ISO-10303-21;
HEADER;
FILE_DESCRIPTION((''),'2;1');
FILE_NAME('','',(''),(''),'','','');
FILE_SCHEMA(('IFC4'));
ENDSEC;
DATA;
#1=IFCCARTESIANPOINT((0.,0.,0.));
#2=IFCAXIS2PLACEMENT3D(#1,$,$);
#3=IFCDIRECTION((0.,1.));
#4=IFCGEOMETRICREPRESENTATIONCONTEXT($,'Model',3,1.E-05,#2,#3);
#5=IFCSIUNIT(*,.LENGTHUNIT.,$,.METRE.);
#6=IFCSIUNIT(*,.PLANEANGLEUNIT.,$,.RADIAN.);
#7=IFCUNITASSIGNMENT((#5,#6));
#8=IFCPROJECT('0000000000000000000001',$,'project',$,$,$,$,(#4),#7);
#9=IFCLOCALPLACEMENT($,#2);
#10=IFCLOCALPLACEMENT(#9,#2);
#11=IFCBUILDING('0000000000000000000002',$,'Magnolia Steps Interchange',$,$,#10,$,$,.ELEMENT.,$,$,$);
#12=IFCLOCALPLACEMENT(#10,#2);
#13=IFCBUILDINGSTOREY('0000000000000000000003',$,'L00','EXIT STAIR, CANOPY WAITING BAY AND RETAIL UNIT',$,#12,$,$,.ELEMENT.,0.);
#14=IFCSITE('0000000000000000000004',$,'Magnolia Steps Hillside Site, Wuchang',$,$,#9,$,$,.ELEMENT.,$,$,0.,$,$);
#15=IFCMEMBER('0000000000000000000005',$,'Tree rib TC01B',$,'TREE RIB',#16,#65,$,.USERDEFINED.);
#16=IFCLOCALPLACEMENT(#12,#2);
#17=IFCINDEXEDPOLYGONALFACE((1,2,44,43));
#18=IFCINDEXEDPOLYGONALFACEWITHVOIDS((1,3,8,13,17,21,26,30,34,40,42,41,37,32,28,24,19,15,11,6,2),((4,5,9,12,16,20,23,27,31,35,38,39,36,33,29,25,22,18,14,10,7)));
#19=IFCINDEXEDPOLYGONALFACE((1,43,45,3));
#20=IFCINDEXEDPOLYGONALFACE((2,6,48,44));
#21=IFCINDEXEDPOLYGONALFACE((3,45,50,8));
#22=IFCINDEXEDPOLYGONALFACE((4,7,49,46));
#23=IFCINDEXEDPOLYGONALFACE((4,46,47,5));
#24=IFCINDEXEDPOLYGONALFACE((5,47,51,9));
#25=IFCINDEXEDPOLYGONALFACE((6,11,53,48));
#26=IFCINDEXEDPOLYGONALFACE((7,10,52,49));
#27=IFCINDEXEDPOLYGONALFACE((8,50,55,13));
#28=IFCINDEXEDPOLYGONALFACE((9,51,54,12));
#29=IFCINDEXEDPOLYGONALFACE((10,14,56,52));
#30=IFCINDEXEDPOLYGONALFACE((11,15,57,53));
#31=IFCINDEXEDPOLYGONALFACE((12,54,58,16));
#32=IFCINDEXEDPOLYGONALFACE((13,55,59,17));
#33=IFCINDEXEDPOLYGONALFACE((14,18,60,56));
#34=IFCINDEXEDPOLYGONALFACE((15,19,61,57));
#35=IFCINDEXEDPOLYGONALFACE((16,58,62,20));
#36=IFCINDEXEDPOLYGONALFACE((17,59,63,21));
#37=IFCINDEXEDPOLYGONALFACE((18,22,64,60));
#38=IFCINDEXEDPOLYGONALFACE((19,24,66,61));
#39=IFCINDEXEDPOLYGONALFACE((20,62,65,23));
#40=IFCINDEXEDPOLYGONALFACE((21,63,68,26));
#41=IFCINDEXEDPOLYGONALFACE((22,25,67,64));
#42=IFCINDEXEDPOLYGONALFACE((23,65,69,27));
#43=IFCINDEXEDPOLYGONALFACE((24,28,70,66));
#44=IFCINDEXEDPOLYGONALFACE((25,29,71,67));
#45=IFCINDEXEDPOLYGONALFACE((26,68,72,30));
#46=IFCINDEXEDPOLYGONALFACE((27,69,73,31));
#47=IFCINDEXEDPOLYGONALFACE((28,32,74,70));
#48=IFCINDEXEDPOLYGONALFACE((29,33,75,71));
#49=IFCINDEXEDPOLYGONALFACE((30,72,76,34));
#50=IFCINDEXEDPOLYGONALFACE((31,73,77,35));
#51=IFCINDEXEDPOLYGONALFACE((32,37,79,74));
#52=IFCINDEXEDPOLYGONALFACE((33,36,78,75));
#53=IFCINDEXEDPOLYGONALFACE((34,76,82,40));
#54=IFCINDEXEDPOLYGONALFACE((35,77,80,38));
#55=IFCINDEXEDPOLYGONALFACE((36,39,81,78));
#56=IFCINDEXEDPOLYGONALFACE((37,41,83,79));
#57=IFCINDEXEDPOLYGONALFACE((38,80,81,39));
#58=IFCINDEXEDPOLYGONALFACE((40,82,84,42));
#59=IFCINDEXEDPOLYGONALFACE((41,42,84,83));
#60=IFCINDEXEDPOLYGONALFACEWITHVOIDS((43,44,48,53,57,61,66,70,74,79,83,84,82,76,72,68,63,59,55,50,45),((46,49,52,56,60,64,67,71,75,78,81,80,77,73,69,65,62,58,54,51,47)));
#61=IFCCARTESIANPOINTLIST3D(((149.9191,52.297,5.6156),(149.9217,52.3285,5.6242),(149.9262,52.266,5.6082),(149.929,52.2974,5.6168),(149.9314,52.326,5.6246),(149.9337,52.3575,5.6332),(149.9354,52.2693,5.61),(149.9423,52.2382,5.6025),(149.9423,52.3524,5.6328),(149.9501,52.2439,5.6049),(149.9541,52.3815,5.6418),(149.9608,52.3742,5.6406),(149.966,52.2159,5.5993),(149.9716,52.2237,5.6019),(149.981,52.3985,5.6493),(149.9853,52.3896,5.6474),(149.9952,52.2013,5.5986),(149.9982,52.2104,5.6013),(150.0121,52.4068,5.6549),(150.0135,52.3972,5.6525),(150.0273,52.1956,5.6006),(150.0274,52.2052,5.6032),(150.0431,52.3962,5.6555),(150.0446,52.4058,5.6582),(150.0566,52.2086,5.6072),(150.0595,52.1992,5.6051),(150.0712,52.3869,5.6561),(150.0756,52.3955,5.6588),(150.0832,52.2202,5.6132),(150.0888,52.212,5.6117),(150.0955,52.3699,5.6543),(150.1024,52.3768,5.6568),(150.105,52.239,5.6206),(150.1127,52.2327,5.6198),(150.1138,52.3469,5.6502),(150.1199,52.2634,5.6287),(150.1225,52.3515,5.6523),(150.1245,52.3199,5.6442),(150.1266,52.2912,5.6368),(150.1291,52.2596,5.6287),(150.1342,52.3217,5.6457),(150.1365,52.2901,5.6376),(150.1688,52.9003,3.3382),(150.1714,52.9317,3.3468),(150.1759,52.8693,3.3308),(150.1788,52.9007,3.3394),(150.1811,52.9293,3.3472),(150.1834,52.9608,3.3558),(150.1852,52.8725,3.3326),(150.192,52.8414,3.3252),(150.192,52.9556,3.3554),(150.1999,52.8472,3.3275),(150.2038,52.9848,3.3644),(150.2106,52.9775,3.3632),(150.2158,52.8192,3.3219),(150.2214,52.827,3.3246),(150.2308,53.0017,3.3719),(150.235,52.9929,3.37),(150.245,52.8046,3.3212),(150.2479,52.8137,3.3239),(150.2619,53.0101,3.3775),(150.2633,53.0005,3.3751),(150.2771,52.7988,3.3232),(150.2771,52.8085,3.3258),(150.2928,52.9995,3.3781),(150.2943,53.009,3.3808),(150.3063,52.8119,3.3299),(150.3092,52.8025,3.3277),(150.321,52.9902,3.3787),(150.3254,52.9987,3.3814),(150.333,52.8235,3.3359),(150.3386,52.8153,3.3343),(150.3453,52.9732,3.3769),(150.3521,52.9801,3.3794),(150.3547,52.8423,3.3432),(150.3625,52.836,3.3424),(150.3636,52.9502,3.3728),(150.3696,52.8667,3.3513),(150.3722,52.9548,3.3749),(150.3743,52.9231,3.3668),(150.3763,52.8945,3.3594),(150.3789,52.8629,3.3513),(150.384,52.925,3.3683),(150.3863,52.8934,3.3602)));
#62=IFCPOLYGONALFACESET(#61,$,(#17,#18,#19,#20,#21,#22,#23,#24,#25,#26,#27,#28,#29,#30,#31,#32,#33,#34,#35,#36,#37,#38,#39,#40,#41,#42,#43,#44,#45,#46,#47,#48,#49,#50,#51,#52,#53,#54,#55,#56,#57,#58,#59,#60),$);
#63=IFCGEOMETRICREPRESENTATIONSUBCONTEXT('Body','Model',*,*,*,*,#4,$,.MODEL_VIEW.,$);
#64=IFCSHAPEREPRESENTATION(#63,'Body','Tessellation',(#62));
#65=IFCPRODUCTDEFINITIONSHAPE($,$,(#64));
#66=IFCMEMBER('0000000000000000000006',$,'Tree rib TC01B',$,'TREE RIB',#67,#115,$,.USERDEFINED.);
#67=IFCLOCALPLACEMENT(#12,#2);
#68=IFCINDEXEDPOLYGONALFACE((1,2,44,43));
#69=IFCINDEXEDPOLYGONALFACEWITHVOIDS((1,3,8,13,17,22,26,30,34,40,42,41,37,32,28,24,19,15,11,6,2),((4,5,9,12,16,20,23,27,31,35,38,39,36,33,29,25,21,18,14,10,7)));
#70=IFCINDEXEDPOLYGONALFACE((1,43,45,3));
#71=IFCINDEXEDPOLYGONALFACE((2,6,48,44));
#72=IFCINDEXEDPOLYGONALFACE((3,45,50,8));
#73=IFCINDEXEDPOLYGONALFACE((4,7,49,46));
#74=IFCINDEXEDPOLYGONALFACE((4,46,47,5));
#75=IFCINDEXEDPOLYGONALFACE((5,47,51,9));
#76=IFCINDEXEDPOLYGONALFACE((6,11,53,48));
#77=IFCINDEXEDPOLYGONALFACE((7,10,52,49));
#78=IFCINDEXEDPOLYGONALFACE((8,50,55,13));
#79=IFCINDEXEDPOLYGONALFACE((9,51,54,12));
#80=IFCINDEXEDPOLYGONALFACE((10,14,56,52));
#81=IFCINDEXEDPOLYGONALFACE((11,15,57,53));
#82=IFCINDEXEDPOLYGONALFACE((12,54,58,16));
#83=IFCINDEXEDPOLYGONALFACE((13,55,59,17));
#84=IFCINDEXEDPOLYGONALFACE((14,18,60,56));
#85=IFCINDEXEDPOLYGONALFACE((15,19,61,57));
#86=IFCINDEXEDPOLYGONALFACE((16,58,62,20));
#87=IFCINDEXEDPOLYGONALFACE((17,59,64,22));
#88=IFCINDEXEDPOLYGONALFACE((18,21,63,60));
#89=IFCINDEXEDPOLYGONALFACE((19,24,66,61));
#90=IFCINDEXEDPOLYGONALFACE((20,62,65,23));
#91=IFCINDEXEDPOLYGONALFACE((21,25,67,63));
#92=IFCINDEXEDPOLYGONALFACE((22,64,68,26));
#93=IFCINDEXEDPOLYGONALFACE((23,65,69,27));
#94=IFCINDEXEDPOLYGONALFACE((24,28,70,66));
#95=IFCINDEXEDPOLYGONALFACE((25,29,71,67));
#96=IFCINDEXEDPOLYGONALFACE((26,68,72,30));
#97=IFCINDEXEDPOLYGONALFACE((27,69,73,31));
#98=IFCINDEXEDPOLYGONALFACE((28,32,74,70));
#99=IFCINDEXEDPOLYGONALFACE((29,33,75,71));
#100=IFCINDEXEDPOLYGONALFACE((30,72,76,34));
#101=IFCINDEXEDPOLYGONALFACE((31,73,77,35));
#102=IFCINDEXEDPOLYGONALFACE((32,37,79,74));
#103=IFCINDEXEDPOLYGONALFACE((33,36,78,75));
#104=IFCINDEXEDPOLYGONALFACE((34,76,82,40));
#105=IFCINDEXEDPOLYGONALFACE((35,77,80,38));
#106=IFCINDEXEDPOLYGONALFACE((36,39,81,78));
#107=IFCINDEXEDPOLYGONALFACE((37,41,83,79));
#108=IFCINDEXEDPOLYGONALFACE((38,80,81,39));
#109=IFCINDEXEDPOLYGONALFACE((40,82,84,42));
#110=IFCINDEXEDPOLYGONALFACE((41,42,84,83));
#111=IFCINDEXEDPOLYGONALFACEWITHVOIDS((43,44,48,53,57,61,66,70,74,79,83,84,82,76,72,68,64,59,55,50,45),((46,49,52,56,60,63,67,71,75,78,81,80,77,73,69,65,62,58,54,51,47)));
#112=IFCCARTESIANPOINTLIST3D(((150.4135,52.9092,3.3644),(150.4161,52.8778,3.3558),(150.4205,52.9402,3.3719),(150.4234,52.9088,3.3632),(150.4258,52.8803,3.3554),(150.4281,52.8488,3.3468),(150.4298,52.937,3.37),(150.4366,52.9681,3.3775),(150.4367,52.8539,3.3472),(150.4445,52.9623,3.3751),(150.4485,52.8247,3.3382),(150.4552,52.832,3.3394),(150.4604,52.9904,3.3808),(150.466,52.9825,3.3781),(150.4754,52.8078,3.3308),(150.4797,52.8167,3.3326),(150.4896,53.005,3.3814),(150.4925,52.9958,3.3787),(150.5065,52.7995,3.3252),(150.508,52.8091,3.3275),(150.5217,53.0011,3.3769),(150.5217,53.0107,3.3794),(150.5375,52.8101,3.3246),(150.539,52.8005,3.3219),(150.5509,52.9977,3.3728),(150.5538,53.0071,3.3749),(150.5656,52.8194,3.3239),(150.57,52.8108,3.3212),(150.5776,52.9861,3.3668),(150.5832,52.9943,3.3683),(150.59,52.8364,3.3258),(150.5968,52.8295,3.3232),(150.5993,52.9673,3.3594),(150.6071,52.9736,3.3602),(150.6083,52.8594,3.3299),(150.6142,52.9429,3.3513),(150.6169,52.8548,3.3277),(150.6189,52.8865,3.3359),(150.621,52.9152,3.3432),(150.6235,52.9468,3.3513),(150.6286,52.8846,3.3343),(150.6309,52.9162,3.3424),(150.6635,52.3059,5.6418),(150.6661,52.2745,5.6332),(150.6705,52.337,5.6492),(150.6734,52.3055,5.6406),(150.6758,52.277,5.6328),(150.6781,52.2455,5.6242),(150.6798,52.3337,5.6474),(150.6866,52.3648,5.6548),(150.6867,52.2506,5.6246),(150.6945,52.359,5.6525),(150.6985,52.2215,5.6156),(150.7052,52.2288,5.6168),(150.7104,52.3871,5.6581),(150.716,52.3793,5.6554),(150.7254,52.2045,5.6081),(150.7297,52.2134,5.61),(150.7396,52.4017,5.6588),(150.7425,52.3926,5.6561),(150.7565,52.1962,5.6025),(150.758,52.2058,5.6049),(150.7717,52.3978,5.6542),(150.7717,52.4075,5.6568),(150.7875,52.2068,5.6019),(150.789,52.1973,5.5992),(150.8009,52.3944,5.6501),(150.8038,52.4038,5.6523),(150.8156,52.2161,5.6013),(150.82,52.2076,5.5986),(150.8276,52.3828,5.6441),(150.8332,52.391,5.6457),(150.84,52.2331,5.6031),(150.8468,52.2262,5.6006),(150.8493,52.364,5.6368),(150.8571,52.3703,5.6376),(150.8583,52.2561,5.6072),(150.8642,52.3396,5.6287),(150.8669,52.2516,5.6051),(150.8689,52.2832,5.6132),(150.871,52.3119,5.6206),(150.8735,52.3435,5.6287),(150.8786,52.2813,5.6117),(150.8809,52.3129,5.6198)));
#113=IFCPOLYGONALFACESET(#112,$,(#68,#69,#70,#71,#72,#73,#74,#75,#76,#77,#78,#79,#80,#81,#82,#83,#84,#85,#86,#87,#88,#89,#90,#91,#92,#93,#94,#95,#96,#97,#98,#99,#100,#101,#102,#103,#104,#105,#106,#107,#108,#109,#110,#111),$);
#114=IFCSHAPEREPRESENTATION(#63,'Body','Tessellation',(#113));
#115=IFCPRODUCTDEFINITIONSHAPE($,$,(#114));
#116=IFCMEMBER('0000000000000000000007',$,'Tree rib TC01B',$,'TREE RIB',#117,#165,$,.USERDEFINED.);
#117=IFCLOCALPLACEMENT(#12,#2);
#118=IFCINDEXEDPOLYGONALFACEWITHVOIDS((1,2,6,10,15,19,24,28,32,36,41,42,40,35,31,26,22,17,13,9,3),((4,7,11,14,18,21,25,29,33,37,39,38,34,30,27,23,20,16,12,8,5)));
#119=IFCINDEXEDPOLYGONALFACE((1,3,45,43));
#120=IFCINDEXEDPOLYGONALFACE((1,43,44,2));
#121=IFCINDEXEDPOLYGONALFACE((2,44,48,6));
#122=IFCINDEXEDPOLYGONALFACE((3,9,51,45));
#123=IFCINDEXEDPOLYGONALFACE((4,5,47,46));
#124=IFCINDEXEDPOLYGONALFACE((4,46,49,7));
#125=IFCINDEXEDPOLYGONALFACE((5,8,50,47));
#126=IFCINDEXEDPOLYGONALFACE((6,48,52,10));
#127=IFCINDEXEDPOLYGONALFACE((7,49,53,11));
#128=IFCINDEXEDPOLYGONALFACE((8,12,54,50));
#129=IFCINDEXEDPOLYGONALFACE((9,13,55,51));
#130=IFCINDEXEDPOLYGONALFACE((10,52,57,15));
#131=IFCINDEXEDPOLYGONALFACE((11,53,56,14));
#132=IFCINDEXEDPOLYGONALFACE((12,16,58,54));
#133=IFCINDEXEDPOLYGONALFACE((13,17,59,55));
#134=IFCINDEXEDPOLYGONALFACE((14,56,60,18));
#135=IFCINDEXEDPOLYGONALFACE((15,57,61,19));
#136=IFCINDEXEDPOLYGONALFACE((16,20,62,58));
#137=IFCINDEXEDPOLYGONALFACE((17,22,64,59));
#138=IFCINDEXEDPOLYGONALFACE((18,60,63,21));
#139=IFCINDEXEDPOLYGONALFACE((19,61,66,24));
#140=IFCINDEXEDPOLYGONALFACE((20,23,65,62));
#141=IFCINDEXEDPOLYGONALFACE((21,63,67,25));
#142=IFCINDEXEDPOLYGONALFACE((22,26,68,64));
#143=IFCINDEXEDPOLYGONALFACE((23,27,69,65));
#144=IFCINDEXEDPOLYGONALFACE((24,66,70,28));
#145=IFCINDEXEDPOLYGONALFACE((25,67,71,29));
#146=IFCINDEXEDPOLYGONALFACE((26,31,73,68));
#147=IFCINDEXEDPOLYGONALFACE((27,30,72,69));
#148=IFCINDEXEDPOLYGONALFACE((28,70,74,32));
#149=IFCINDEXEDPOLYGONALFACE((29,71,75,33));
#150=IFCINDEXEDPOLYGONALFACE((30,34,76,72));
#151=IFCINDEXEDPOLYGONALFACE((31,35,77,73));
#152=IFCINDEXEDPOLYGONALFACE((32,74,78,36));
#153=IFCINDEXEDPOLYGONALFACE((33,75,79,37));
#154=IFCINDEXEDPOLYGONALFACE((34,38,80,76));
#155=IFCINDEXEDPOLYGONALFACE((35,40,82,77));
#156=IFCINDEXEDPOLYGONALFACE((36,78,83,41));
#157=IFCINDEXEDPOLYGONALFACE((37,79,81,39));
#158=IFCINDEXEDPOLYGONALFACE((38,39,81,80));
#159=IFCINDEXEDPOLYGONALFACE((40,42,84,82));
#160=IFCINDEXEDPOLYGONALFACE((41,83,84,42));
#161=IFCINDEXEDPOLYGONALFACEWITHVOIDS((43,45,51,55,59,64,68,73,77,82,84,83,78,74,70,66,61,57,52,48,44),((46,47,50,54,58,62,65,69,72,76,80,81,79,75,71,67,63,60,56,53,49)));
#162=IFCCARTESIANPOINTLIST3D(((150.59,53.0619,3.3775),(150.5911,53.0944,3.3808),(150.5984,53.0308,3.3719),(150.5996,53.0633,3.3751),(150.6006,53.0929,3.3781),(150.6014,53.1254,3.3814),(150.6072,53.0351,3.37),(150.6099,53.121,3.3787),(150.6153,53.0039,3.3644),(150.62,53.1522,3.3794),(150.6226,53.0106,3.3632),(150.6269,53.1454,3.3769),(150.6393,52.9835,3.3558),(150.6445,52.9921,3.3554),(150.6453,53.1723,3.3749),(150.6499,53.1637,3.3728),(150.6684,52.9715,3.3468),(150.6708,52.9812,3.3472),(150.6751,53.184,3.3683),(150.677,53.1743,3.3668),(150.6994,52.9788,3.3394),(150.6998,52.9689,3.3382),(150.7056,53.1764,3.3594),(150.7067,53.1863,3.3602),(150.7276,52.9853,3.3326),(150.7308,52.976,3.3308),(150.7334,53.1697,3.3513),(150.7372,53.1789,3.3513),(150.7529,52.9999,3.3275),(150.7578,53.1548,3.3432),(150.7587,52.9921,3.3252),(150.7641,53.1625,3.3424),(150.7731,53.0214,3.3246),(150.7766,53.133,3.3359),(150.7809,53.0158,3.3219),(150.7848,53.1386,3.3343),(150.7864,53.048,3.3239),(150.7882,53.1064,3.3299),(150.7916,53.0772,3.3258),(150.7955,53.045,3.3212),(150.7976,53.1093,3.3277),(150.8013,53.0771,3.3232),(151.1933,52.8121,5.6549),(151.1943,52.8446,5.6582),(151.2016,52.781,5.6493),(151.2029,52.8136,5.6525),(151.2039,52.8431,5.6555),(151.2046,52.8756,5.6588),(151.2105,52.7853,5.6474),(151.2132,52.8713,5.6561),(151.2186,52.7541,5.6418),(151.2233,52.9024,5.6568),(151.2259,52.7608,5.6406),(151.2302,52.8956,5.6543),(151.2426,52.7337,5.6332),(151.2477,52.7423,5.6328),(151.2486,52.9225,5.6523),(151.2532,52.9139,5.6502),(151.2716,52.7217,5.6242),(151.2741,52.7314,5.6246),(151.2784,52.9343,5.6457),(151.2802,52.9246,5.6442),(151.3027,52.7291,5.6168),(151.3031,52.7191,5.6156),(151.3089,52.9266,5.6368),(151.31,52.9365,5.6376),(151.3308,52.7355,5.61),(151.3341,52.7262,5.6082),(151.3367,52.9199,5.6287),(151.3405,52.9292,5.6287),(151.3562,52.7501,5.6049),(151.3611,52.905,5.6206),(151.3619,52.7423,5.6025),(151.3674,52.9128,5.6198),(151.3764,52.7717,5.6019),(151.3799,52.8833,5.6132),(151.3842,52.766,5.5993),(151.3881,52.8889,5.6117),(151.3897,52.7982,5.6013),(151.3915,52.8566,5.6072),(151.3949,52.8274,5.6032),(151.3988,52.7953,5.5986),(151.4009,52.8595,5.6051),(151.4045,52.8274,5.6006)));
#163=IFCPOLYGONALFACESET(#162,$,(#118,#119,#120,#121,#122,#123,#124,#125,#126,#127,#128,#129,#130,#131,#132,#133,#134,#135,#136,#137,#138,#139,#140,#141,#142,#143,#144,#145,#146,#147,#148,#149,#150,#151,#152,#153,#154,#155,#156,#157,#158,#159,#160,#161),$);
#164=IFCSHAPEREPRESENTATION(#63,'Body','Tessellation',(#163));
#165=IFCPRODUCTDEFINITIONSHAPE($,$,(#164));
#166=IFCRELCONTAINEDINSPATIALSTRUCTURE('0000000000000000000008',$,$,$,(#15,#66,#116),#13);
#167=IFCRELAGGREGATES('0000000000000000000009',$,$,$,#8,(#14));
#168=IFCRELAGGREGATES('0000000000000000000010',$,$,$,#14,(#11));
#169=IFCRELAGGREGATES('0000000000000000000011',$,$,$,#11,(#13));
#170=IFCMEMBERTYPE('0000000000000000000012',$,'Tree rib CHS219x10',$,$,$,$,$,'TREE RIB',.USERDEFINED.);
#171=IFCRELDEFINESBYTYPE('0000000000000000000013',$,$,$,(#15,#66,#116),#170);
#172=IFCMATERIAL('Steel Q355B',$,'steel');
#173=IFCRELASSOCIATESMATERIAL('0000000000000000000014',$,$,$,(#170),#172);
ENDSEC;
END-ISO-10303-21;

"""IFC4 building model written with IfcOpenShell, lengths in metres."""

from ifc_helpers import new_model, si_unit, direction, frame, origin, origin_2d, place, context, subcontext, project, spatial, hollow_circle, extrude, material, material_profile, profile_set, type_object, element, save


model = new_model("IFC4")

# Units and contexts
model_context = context("Model", 3, precision=1e-05, world=origin(), true_north=direction((0.0, 1.0)))
body_context = subcontext(model_context, "Body", "Model", "MODEL_VIEW")
ifc_project = project(units=[si_unit("LENGTHUNIT", "METRE"), si_unit("PLANEANGLEUNIT", "RADIAN")], contexts=[model_context])

# Site, building, storey
site_placement = place(None, origin())
site = spatial("IfcSite", under=ifc_project, at=site_placement, Name="Magnolia Steps Hillside Site, Wuchang", CompositionType="ELEMENT", RefElevation=0.0)
building_placement = place(site_placement, origin())
building = spatial("IfcBuilding", under=site, at=building_placement, Name="Magnolia Steps Interchange", CompositionType="ELEMENT")
storey_placement = place(building_placement, origin())
storey = spatial("IfcBuildingStorey", under=building, at=storey_placement, Name="L00", Description="EXIT STAIR, CANOPY WAITING BAY AND RETAIL UNIT", CompositionType="ELEMENT", Elevation=0.0)

# Members
ifc_material_1 = material(Name="Steel Q355B", Category="steel")
ifc_material_profile_1 = material_profile(ifc_material_1, hollow_circle(Radius=0.1096, WallThickness=0.01, at=origin_2d()), Name="CHS219x10")
ifc_profile_set_1 = profile_set([ifc_material_profile_1], Name="Steel Q355B")
member_type = type_object("IfcMemberType", Name="Tree rib CHS219x10", ElementType="TREE RIB", PredefinedType="USERDEFINED", material=ifc_profile_set_1)
for number, where, z_axis, x_axis, name in (
    (1, (150.2776, 52.9048, 3.3513), (-0.105422, -0.254642, 0.961272), (0.923948, -0.382517, 0.0), "Tree rib TC01B"),
    (2, (150.5222, 52.9048, 3.3513), (0.105524, -0.254639, 0.961261), (0.923816, 0.382836, 0.0), "Tree rib TC01B"),
    (3, (150.6953, 53.0776, 3.3513), (0.254642, -0.105422, 0.961272), (0.382517, 0.923948, 0.0), "Tree rib TC01B"),
):
    element("IfcMember", number, at=place(storey_placement, frame(where, z_axis=z_axis, x_axis=x_axis)), inside=storey, type_object=member_type, Name=name, ObjectType="TREE RIB", PredefinedType="USERDEFINED", context=body_context, shape_type="SweptSolid", body=[
        extrude(hollow_circle(Radius=0.1096, WallThickness=0.01, at=origin_2d()), origin(), (0.0, 0.0, 1.0), 2.3691),
    ])

save(model, "model.ifc")
